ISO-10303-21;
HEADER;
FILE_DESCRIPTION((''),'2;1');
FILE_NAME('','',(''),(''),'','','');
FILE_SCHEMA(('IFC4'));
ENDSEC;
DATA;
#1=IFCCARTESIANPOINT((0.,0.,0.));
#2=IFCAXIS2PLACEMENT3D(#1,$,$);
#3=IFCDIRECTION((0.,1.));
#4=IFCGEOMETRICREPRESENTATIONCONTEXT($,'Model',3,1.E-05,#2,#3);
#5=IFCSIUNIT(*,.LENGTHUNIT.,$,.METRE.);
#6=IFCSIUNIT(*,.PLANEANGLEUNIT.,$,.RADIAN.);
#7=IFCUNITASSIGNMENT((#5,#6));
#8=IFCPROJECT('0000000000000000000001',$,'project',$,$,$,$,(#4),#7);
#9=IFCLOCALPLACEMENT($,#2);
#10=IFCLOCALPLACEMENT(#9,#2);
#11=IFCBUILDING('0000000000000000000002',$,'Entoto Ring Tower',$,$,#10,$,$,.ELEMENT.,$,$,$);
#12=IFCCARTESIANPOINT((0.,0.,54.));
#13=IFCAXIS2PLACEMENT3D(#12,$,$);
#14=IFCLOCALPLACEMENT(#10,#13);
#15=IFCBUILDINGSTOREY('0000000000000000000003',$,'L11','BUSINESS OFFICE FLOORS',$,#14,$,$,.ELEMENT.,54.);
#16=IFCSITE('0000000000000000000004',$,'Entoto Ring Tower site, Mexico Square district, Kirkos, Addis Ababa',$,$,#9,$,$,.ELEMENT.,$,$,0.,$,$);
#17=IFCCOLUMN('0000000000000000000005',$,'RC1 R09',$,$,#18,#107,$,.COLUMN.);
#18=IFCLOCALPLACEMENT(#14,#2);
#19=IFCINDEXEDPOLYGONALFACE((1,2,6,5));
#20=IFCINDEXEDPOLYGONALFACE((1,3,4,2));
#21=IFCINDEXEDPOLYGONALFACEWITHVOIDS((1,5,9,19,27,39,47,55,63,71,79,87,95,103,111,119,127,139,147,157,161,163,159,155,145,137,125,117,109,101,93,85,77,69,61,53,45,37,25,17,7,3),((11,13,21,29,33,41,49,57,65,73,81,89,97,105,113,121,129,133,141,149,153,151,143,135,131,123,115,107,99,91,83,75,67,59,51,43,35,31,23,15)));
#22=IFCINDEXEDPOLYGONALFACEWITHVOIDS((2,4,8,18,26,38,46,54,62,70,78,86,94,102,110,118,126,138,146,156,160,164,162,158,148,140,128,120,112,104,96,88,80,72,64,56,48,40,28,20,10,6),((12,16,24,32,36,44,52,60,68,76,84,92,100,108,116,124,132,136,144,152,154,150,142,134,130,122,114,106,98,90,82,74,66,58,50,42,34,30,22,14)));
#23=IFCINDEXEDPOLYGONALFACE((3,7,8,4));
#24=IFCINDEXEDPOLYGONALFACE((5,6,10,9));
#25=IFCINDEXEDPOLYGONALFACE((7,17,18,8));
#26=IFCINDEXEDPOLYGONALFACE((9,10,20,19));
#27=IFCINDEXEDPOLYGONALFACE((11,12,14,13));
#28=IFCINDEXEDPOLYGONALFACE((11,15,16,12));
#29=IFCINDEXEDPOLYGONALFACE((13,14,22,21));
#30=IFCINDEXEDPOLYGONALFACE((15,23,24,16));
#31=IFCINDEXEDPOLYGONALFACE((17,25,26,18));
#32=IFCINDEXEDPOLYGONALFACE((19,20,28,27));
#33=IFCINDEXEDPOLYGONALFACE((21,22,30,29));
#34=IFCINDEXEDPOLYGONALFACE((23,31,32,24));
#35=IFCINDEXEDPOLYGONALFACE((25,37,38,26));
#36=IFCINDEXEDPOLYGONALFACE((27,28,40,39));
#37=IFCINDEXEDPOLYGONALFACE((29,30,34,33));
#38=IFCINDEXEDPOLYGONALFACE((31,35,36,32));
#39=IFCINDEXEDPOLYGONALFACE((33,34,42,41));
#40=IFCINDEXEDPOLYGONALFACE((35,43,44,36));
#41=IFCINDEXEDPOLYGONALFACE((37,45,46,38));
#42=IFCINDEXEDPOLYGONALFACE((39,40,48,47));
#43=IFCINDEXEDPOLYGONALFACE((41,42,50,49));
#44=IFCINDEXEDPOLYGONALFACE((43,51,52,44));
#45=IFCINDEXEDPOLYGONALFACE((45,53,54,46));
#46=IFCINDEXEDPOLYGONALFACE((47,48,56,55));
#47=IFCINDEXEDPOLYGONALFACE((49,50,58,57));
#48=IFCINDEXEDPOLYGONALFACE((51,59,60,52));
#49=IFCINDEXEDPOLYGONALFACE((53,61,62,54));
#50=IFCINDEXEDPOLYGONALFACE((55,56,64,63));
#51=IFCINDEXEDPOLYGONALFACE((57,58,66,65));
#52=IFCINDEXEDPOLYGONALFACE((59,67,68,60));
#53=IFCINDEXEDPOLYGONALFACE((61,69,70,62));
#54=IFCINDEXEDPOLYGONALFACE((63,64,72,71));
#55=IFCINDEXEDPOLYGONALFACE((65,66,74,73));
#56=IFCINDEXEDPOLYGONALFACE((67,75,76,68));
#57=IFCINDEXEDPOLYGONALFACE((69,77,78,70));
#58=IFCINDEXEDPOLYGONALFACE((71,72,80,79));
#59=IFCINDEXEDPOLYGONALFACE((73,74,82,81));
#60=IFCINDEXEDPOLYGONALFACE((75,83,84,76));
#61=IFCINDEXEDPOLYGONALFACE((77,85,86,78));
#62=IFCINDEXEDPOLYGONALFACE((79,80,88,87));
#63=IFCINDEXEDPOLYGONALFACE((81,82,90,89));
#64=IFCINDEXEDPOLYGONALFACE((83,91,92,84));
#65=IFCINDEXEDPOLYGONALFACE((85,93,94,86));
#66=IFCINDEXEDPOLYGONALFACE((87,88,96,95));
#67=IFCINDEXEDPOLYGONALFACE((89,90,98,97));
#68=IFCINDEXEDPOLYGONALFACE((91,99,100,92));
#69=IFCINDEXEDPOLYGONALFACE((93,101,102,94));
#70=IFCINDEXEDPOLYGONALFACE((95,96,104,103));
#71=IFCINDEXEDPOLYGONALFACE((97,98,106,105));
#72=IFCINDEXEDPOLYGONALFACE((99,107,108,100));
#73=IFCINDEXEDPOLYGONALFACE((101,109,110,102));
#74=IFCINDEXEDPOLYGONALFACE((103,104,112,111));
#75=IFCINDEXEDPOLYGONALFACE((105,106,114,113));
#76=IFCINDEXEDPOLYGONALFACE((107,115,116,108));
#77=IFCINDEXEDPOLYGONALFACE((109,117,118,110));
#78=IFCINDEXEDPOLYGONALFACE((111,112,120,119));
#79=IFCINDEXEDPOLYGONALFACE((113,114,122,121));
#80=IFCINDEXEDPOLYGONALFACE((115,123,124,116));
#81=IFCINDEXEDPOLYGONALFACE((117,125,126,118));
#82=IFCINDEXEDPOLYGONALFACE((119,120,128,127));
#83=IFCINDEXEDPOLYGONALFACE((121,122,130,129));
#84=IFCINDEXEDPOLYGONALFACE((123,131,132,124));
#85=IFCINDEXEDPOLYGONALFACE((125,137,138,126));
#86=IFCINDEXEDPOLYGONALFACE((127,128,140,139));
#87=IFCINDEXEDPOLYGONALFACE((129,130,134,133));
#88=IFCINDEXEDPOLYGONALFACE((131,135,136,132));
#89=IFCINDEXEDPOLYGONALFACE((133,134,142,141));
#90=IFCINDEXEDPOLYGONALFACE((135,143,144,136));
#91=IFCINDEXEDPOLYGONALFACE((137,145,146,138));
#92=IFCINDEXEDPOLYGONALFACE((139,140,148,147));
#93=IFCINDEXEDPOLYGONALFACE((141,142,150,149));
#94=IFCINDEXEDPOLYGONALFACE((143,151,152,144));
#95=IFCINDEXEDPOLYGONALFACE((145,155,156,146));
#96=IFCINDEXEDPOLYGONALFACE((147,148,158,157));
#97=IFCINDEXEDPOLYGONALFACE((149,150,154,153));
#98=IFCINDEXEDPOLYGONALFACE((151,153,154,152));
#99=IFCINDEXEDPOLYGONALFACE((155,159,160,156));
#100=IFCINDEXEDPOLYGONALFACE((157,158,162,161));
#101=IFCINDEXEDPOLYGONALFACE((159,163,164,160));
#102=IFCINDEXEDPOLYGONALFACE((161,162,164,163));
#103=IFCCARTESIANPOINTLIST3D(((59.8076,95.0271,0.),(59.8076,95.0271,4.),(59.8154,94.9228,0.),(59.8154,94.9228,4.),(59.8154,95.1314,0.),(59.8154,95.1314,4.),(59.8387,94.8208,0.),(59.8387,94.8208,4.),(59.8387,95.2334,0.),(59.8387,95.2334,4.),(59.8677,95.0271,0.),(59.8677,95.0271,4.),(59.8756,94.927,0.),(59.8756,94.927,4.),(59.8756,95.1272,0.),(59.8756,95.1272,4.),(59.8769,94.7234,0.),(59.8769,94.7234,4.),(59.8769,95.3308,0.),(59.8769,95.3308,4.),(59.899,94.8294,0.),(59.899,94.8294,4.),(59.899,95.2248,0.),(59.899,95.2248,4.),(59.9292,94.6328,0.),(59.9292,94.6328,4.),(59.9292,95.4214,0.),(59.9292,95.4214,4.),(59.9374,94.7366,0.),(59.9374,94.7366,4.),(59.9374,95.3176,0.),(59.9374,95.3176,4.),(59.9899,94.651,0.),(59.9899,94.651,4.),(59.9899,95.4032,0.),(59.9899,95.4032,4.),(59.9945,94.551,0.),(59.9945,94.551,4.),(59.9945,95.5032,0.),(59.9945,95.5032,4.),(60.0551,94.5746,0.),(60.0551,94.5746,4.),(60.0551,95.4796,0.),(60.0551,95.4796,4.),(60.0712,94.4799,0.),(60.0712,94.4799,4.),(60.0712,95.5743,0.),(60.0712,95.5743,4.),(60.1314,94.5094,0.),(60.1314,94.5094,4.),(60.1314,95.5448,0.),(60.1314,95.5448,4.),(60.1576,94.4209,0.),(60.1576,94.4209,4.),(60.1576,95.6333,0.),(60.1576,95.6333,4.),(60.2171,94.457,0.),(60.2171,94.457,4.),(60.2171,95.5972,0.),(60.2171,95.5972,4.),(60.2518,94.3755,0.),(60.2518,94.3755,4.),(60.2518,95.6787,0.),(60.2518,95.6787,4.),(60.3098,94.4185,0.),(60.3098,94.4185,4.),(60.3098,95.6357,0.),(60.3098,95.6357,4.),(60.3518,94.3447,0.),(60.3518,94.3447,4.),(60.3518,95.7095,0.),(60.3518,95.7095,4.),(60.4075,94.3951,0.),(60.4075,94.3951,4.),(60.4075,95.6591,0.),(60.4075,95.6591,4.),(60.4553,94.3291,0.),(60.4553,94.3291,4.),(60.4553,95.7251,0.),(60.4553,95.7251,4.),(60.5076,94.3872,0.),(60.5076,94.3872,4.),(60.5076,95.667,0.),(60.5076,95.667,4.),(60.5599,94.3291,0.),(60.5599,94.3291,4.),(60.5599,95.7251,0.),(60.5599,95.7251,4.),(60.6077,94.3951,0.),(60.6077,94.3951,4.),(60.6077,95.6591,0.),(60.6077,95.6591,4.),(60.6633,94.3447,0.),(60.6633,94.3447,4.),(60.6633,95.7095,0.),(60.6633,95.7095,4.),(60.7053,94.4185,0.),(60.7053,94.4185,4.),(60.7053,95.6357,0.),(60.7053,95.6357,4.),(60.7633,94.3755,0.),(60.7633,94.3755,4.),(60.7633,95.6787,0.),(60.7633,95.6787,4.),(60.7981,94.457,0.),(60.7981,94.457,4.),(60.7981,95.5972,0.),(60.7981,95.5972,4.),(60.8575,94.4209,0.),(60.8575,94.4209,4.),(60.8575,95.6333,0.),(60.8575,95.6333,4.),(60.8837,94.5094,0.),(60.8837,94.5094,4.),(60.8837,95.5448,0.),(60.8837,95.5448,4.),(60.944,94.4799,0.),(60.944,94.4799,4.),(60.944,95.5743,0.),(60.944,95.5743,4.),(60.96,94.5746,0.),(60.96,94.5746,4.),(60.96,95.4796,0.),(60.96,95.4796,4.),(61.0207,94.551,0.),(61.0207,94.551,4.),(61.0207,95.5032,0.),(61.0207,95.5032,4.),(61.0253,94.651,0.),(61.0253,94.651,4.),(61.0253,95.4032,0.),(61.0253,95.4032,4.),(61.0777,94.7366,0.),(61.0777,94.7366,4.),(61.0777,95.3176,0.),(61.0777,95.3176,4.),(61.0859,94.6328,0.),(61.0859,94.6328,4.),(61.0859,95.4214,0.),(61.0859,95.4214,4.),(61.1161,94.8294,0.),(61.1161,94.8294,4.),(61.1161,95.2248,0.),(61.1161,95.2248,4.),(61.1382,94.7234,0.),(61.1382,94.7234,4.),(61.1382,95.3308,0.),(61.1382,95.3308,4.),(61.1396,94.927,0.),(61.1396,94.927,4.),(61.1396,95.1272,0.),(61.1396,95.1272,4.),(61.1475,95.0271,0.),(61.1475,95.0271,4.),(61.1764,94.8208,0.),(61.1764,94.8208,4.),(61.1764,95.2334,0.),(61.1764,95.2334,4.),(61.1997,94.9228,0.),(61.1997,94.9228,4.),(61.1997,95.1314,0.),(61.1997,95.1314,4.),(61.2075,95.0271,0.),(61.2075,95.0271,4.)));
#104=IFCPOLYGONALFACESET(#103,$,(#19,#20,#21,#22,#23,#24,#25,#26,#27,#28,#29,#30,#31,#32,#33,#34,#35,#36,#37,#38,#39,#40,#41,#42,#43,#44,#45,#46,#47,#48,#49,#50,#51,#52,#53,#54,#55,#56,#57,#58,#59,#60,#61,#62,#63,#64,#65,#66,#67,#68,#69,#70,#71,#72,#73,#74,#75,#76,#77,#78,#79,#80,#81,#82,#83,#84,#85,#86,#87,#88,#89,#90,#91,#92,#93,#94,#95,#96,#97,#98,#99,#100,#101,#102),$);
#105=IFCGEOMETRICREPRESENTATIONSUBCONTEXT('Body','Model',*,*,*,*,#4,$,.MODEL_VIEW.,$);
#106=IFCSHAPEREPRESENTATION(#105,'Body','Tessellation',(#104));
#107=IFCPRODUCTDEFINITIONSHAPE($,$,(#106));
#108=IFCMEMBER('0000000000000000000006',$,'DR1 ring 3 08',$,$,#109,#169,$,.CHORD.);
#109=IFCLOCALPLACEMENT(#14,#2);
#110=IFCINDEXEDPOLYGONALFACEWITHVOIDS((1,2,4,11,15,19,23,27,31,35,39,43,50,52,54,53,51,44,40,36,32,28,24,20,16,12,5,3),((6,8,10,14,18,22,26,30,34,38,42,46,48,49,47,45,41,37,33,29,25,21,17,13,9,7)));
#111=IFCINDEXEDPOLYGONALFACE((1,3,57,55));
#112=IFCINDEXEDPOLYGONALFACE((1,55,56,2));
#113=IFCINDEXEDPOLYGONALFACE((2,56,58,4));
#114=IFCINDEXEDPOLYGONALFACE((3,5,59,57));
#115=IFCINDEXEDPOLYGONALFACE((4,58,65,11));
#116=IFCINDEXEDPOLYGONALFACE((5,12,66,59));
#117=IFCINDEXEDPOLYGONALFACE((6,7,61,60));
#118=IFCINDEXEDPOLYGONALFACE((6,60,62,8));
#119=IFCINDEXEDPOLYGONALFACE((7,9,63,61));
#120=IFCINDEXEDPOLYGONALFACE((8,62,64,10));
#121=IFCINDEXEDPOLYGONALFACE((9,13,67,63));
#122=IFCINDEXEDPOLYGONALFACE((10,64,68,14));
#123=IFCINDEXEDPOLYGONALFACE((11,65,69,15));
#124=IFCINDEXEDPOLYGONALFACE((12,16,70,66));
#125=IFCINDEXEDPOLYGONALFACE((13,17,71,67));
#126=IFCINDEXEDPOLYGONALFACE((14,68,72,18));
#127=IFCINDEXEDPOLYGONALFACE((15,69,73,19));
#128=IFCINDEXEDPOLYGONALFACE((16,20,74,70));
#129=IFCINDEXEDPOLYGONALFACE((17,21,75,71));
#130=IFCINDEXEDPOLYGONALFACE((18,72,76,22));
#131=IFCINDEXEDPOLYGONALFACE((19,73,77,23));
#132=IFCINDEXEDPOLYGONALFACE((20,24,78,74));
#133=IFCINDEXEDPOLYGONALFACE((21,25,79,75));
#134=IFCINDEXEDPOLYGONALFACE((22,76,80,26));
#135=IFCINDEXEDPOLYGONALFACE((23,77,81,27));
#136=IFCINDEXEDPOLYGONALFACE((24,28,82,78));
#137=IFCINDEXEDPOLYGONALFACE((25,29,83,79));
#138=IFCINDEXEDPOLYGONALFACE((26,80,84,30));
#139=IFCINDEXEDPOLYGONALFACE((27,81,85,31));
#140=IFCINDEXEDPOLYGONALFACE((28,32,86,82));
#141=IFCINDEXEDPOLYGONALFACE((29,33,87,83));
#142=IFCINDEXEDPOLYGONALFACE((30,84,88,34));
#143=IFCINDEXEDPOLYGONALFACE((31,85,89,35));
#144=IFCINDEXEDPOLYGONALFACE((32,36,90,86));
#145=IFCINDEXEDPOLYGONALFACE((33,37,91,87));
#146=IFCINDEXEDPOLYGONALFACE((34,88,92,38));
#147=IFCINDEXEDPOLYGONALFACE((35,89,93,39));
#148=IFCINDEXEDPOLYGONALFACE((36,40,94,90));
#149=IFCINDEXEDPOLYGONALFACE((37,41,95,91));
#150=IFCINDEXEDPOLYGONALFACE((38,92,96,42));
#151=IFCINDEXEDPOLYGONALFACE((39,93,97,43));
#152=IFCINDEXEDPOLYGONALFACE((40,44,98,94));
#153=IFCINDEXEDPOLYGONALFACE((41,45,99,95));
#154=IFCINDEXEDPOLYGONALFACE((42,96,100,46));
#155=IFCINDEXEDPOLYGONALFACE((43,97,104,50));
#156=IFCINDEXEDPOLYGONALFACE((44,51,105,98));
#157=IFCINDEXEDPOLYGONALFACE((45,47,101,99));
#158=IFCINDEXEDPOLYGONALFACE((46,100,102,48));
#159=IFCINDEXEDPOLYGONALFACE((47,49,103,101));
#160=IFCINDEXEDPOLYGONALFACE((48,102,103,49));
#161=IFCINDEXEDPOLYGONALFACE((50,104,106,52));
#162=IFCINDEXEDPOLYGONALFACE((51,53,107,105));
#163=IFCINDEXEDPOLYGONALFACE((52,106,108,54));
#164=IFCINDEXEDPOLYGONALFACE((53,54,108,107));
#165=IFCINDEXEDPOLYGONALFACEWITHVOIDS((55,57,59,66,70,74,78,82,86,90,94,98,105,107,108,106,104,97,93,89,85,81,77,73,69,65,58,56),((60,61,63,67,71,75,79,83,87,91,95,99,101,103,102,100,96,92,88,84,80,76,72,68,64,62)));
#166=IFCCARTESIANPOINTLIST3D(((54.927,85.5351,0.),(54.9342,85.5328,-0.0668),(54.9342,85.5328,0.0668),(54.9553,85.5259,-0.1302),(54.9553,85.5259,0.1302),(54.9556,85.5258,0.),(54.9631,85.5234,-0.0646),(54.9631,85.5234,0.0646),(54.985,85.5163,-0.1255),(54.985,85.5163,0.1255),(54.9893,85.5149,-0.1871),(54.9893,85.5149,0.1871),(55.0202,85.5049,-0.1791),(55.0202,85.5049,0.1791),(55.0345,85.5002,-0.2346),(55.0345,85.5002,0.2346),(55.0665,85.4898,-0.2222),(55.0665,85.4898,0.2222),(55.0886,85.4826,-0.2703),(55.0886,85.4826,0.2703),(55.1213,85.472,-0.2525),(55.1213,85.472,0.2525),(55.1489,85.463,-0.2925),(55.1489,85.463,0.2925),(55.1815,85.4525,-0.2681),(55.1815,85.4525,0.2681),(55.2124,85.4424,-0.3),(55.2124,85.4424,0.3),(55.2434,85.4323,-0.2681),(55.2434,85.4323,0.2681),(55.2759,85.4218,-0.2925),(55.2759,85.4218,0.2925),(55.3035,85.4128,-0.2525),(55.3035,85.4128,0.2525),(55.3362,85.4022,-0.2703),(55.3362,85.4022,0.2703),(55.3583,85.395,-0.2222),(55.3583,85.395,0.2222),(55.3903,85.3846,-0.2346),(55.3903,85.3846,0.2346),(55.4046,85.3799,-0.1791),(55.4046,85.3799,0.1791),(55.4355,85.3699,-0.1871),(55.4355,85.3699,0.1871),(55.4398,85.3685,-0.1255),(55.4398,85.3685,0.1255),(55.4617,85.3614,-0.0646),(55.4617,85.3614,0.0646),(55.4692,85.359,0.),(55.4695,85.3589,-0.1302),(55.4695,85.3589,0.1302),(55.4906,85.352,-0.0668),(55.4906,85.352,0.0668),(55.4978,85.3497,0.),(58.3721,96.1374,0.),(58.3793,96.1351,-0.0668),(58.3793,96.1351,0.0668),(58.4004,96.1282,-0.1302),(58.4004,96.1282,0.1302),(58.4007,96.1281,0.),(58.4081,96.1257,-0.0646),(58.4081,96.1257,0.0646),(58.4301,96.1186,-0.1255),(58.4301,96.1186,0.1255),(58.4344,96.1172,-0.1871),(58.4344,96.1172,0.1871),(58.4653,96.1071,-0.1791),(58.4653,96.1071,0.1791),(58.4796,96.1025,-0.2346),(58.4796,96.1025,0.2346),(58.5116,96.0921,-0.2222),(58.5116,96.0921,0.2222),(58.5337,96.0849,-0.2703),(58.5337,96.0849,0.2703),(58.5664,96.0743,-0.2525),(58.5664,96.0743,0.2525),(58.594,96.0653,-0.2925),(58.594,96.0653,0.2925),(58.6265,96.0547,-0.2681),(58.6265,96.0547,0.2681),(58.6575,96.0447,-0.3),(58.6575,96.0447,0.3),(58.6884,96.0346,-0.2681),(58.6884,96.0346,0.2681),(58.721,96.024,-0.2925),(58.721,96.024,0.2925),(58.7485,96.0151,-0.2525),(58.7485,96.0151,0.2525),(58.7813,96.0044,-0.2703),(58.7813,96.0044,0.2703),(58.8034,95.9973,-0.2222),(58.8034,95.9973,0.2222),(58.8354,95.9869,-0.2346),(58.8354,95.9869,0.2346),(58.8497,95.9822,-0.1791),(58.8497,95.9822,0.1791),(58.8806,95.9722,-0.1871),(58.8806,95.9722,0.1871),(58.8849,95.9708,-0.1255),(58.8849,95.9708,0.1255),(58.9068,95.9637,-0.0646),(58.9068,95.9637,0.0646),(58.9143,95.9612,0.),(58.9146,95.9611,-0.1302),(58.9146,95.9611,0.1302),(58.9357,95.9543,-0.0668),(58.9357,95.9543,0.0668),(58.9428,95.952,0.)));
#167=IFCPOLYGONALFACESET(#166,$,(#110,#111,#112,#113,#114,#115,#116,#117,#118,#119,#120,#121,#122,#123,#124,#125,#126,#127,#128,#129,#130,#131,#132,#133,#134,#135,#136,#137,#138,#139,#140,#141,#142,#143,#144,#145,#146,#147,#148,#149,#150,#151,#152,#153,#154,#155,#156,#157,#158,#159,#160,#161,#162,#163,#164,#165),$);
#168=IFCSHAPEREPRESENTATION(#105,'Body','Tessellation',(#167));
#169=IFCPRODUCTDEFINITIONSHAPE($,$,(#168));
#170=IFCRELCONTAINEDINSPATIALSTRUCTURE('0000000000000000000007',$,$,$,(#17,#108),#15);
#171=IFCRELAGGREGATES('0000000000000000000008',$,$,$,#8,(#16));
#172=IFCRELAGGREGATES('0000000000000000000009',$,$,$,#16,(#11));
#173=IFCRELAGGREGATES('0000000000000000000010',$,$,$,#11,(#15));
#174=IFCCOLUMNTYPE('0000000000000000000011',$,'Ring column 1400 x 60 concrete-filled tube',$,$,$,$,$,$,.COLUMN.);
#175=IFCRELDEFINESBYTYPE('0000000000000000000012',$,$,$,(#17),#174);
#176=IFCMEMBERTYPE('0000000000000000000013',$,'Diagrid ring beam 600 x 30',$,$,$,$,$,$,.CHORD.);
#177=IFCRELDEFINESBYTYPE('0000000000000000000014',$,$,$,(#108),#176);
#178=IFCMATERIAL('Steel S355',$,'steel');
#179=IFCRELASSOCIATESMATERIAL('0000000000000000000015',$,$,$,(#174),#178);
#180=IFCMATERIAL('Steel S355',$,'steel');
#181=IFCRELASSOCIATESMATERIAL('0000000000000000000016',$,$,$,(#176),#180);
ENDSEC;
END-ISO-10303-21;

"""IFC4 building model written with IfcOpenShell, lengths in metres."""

from ifc_helpers import new_model, si_unit, direction, frame, origin, origin_2d, place, context, subcontext, project, spatial, circle, hollow_circle, extrude, material, material_profile, profile_set, type_object, element, save


model = new_model("IFC4")

# Units and contexts
model_context = context("Model", 3, precision=1e-05, world=origin(), true_north=direction((0.0, 1.0)))
body_context = subcontext(model_context, "Body", "Model", "MODEL_VIEW")
ifc_project = project(units=[si_unit("LENGTHUNIT", "METRE"), si_unit("PLANEANGLEUNIT", "RADIAN")], contexts=[model_context])

# Site, building, storey
site_placement = place(None, origin())
site = spatial("IfcSite", under=ifc_project, at=site_placement, Name="Entoto Ring Tower site, Mexico Square district, Kirkos, Addis Ababa", CompositionType="ELEMENT", RefElevation=0.0)
building_placement = place(site_placement, origin())
building = spatial("IfcBuilding", under=site, at=building_placement, Name="Entoto Ring Tower", CompositionType="ELEMENT")
storey_placement = place(building_placement, frame((0.0, 0.0, 54.0)))
storey = spatial("IfcBuildingStorey", under=building, at=storey_placement, Name="L11", Description="BUSINESS OFFICE FLOORS", CompositionType="ELEMENT", Elevation=54.0)

# Column
ifc_material_1 = material(Name="Steel S355", Category="steel")
ifc_material_profile_1 = material_profile(ifc_material_1, hollow_circle(Radius=0.7, WallThickness=0.0601, at=origin_2d()), Name="CHS 1400 x 60")
ifc_material_2 = material(Name="Concrete C60/75", Category="concrete")
ifc_material_profile_2 = material_profile(ifc_material_2, circle(Radius=0.6399, at=origin_2d()), Name="Concrete C60/75 infill")
ifc_profile_set_1 = profile_set([ifc_material_profile_1, ifc_material_profile_2], Name="Steel S355")
column_type = type_object("IfcColumnType", Name="Ring column 1400 x 60 concrete-filled tube", PredefinedType="COLUMN", material=ifc_profile_set_1)
column_placement = place(storey_placement, frame((60.5076, 95.0271, 0.0), z_axis=(0.0, 0.0, 1.0), x_axis=(1.0, 0.0, 0.0)))
element("IfcColumn", 1, at=column_placement, inside=storey, type_object=column_type, Name="RC1 R09", PredefinedType="COLUMN", context=body_context, shape_type="SweptSolid", body=[
    extrude(hollow_circle(Radius=0.7, WallThickness=0.0601, at=origin_2d()), origin(), (0.0, 0.0, 1.0), 4.0),
])

# Member
ifc_material_3 = material(Name="Steel S355", Category="steel")
ifc_material_profile_3 = material_profile(ifc_material_3, hollow_circle(Radius=0.3, WallThickness=0.03, at=origin_2d()), Name="CHS 600 x 30")
ifc_material_4 = material(Name="Concrete C60/75", Category="concrete")
ifc_material_profile_4 = material_profile(ifc_material_4, circle(Radius=0.27, at=origin_2d()), Name="Concrete C60/75 infill")
ifc_profile_set_2 = profile_set([ifc_material_profile_3, ifc_material_profile_4], Name="Steel S355")
member_type = type_object("IfcMemberType", Name="Diagrid ring beam 600 x 30", PredefinedType="CHORD", material=ifc_profile_set_2)
member_placement = place(storey_placement, frame((58.6575, 96.0447, 0.0), z_axis=(-0.309031, -0.951052, 0.0), x_axis=(0.951052, -0.309031, 0.0)))
element("IfcMember", 2, at=member_placement, inside=storey, type_object=member_type, Name="DR1 ring 3 08", PredefinedType="CHORD", context=body_context, shape_type="SweptSolid", body=[
    extrude(hollow_circle(Radius=0.3, WallThickness=0.03, at=origin_2d()), origin(), (0.0, 0.0, 1.0), 11.1479),
])

save(model, "model.ifc")
